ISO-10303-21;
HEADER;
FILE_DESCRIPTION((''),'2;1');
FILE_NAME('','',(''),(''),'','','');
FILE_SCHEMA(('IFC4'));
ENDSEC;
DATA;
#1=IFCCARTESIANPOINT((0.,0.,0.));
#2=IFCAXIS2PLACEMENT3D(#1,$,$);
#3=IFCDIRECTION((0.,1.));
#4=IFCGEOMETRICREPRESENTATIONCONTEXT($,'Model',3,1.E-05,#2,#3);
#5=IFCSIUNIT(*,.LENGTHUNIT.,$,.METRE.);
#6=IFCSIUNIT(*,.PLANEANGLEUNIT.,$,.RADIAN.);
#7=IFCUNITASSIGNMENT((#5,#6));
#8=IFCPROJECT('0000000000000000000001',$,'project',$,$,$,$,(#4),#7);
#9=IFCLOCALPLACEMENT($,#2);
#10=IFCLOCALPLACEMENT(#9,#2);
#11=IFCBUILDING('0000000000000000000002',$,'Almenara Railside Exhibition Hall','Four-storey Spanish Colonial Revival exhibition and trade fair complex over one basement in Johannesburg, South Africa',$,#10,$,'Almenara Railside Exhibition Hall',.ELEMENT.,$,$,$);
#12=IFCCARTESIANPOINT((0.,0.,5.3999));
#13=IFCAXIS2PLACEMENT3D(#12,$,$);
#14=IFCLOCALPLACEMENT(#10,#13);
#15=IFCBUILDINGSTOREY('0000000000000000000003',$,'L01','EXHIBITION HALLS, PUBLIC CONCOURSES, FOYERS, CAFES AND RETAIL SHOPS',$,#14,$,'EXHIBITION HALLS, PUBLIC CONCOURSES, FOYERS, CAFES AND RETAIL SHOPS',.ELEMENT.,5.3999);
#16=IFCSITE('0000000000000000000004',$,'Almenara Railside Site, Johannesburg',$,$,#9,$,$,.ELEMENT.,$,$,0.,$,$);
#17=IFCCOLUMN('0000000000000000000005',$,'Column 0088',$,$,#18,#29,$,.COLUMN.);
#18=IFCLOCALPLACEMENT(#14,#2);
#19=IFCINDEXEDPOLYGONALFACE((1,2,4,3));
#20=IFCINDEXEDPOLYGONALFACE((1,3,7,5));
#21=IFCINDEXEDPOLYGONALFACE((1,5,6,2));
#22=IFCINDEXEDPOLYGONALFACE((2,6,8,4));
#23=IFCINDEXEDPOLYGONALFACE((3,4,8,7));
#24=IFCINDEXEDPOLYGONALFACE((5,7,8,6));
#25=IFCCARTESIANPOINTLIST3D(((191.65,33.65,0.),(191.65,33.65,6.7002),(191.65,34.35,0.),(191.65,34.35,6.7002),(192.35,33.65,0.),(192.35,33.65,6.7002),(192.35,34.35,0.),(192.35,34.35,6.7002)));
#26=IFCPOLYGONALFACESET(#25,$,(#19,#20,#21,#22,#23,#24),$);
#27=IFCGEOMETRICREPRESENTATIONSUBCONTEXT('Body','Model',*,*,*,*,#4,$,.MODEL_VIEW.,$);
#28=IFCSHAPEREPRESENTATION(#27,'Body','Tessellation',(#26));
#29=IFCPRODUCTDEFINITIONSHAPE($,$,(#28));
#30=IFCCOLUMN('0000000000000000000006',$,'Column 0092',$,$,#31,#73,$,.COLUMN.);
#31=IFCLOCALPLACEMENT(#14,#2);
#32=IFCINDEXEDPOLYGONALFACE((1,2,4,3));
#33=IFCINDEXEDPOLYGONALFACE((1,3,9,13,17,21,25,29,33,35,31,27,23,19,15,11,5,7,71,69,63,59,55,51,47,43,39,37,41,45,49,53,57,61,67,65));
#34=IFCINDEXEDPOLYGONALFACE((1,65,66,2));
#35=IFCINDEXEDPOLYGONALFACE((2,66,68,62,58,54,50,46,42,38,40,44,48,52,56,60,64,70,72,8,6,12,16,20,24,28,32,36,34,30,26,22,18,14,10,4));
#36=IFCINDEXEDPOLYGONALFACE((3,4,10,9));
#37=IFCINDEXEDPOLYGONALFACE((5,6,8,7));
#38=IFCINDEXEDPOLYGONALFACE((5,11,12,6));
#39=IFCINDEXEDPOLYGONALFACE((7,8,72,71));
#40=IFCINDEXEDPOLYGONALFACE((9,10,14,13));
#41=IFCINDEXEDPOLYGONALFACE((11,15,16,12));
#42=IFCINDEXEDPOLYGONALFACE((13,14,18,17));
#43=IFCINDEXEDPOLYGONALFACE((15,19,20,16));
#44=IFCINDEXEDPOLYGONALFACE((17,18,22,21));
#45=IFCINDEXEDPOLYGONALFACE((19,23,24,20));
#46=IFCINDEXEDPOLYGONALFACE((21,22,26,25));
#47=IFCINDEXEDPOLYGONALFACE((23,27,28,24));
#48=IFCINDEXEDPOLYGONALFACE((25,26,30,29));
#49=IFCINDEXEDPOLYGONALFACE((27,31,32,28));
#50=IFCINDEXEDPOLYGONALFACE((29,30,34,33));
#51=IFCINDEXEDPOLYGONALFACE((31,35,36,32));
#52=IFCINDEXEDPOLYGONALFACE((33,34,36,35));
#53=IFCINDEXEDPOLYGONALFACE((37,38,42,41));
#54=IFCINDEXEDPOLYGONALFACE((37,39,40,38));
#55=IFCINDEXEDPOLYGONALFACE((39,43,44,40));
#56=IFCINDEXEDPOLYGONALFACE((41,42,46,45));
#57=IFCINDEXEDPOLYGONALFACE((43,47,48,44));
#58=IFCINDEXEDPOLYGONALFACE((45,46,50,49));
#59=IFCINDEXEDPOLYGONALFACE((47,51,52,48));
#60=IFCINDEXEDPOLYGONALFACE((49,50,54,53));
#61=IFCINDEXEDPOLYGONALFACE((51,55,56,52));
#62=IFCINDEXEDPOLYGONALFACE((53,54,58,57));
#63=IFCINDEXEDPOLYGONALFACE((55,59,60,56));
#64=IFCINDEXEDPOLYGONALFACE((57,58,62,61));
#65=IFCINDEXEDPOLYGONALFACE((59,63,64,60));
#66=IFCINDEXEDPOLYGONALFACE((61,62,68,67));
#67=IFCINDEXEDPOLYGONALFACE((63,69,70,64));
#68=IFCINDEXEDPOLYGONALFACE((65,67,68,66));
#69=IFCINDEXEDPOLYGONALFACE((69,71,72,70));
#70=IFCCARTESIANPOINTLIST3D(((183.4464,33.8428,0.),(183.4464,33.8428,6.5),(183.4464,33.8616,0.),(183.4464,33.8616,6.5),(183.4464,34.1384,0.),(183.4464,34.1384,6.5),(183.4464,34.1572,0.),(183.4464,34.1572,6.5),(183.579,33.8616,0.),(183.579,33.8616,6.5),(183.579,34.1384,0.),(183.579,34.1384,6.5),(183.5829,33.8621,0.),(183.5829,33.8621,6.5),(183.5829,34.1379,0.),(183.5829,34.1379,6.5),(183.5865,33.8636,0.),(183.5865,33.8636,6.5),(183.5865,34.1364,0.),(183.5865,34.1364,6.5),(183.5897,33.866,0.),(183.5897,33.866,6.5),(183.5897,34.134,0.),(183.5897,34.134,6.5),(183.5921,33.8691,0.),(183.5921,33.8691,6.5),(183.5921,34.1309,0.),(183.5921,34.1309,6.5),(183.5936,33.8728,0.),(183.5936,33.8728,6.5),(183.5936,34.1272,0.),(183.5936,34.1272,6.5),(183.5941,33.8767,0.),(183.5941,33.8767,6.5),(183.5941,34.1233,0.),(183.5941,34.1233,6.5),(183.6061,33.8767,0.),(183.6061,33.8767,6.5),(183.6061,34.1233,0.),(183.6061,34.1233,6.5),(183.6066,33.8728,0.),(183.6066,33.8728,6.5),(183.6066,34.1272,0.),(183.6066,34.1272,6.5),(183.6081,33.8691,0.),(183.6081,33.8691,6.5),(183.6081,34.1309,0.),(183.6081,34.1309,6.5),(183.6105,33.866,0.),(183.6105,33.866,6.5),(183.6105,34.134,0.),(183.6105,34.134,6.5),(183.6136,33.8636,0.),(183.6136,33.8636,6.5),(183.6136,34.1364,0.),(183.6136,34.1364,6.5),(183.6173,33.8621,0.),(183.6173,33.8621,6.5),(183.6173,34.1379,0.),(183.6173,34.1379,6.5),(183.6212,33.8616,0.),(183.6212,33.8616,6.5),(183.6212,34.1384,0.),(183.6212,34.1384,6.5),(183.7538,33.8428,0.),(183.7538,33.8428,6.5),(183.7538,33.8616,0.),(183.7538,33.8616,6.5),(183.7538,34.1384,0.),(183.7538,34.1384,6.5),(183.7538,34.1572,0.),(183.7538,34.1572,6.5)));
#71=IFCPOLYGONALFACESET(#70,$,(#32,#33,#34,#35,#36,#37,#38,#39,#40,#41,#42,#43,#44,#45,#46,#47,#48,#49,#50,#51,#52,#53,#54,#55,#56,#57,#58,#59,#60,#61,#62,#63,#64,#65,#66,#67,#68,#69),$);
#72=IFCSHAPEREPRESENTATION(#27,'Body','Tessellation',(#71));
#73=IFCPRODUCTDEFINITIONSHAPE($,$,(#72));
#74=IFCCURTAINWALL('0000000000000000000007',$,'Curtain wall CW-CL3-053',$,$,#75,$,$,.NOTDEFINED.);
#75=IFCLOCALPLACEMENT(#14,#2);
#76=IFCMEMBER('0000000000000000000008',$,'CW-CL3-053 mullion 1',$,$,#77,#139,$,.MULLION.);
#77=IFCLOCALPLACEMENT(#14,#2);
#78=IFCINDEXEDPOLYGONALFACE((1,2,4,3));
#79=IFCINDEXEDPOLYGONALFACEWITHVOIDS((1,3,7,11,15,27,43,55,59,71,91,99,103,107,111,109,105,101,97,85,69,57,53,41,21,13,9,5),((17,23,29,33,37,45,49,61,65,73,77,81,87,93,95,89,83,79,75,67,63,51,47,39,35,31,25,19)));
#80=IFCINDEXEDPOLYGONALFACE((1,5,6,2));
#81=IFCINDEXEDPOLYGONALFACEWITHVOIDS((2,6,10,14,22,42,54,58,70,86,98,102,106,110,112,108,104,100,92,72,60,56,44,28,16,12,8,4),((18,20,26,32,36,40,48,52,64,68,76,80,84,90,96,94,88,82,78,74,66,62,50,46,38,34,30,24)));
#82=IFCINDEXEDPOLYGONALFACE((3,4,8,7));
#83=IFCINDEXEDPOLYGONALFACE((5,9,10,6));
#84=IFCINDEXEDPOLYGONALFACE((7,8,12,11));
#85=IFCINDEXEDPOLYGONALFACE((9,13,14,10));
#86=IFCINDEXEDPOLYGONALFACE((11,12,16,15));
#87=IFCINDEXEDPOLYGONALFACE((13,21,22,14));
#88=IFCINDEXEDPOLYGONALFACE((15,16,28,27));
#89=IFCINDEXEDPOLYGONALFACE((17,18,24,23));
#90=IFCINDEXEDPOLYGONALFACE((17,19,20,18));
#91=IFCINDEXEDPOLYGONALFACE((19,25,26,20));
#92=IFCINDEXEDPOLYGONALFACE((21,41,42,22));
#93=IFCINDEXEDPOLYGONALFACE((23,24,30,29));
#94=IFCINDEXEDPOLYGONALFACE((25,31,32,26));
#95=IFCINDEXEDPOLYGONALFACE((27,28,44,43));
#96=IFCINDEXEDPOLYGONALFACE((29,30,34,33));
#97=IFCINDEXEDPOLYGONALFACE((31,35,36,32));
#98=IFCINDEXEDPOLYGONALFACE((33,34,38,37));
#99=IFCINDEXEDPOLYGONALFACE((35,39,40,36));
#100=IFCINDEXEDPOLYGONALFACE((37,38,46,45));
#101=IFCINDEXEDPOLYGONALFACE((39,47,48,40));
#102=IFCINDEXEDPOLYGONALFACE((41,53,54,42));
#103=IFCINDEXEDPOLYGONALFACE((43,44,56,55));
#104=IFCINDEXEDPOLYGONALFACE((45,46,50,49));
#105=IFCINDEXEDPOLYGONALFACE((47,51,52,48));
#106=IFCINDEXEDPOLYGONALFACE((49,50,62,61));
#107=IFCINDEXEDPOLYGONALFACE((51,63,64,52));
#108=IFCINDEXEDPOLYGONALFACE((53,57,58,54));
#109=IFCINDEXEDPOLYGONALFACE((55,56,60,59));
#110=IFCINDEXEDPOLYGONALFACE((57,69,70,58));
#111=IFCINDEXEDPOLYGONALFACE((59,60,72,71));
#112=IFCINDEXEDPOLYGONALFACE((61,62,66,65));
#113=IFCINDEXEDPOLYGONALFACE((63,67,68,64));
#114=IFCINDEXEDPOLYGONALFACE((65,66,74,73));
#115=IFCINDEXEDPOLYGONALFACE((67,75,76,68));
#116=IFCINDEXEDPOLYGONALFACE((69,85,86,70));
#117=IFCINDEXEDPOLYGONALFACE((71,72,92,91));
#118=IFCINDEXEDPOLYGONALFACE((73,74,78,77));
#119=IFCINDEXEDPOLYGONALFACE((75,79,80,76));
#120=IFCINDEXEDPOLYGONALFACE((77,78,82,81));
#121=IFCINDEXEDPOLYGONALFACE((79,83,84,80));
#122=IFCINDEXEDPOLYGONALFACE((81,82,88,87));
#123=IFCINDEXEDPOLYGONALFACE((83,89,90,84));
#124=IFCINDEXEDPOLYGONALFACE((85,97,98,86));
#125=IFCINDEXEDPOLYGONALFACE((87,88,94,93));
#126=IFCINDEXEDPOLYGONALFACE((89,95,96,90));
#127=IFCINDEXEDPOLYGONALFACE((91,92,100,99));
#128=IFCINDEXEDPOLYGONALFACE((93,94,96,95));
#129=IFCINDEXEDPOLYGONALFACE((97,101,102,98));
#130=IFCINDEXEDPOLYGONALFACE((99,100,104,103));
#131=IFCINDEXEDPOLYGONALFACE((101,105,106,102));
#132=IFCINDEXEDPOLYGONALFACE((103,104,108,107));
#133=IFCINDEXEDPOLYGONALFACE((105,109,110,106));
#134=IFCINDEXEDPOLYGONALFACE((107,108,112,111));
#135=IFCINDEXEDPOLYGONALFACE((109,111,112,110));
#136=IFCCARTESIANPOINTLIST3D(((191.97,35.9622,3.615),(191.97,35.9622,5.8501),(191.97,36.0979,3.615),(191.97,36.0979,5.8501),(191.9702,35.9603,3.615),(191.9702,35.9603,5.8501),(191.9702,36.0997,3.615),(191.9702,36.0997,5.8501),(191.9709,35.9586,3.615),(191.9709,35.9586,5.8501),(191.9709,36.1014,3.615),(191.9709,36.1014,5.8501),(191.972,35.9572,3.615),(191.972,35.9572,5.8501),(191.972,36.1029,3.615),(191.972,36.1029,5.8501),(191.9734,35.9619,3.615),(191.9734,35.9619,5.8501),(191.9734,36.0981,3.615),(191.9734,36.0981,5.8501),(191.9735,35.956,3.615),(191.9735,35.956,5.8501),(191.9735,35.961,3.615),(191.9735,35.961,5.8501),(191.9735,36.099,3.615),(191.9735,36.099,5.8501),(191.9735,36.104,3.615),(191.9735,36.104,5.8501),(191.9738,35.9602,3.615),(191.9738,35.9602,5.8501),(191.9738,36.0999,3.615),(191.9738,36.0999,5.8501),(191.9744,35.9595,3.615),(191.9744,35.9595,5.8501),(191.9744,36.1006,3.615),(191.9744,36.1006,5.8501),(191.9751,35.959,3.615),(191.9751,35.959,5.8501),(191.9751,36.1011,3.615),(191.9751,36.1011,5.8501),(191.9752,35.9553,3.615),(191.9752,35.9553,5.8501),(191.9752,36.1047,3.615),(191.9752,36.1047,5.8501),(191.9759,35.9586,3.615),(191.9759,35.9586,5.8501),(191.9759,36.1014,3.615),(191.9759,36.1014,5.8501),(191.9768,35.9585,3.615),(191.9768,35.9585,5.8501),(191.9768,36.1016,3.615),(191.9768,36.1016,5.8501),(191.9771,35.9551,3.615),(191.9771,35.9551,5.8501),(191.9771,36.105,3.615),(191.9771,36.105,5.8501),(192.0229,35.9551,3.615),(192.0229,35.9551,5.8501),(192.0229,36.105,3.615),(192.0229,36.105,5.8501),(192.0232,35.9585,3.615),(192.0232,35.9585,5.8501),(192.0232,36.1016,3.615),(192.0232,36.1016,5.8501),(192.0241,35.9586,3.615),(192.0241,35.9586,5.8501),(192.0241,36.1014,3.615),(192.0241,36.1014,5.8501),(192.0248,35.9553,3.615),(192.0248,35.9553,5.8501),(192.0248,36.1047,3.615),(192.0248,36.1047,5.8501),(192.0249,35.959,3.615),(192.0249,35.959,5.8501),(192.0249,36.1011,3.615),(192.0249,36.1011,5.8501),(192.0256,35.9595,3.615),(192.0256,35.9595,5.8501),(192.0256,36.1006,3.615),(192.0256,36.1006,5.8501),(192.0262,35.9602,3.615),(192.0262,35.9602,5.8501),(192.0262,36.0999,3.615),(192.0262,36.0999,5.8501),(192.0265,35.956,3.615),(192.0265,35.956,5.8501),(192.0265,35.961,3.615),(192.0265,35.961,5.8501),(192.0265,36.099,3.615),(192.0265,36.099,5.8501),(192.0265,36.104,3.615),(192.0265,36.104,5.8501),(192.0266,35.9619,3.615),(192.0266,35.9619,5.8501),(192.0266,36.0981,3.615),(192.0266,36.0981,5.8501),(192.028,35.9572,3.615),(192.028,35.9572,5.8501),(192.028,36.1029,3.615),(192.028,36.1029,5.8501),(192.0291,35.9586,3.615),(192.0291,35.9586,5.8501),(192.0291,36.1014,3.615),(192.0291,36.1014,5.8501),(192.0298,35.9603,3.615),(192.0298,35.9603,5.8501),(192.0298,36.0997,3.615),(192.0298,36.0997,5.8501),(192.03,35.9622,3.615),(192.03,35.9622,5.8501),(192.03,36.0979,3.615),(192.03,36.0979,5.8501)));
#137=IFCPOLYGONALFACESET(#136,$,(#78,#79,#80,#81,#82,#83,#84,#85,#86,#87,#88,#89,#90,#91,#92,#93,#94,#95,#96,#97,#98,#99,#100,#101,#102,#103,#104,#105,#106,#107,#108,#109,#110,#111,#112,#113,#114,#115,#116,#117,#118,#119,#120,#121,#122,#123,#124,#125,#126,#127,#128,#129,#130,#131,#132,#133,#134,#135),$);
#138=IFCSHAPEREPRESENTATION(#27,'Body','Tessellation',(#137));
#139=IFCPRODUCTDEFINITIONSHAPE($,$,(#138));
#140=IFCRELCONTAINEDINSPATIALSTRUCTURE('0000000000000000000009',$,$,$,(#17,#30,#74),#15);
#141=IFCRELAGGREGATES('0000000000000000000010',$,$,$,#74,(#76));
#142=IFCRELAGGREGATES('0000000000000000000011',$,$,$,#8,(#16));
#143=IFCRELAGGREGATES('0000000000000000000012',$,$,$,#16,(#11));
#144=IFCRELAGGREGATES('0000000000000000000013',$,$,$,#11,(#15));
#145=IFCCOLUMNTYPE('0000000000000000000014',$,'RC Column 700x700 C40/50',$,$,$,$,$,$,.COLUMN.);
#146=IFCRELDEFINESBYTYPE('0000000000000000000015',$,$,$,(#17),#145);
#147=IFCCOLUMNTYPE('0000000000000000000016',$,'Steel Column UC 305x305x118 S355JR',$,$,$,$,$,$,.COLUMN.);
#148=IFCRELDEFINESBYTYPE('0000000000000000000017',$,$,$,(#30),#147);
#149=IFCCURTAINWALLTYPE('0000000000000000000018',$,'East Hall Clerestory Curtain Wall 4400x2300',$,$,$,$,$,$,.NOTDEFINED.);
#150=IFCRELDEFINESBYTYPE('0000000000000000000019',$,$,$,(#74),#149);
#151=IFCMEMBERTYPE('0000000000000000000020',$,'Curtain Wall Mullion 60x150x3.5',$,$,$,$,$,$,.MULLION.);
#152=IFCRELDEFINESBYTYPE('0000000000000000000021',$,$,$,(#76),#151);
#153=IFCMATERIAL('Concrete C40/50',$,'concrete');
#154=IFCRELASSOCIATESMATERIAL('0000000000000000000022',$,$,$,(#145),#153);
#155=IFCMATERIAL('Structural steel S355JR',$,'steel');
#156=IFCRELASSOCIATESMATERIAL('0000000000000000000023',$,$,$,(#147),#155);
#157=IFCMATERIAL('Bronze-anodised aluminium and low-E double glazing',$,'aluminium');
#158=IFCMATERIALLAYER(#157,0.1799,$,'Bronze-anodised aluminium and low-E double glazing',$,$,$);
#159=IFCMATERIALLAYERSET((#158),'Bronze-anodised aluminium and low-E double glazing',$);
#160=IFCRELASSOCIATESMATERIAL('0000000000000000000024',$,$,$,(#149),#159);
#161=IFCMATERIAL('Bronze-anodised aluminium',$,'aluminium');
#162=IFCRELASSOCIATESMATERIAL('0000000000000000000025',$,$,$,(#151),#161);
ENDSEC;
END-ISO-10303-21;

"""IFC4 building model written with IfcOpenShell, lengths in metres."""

from ifc_helpers import new_model, si_unit, direction, frame, origin, origin_2d, place, context, subcontext, project, spatial, rectangle, hollow_rectangle, i_section, extrude, material, layer, layer_set, material_profile, profile_set, type_object, element, aggregate, save


model = new_model("IFC4")

# Units and contexts
model_context = context("Model", 3, precision=1e-05, world=origin(), true_north=direction((0.0, 1.0)))
body_context = subcontext(model_context, "Body", "Model", "MODEL_VIEW")
ifc_project = project(units=[si_unit("LENGTHUNIT", "METRE"), si_unit("PLANEANGLEUNIT", "RADIAN")], contexts=[model_context])

# Site, building, storey
site_placement = place(None, origin())
site = spatial("IfcSite", under=ifc_project, at=site_placement, Name="Almenara Railside Site, Johannesburg", CompositionType="ELEMENT", RefElevation=0.0)
building_placement = place(site_placement, origin())
building = spatial("IfcBuilding", under=site, at=building_placement, Name="Almenara Railside Exhibition Hall", Description="Four-storey Spanish Colonial Revival exhibition and trade fair complex over one basement in Johannesburg, South Africa", LongName="Almenara Railside Exhibition Hall", CompositionType="ELEMENT")
storey_placement = place(building_placement, frame((0.0, 0.0, 5.3999)))
storey = spatial("IfcBuildingStorey", under=building, at=storey_placement, Name="L01", Description="EXHIBITION HALLS, PUBLIC CONCOURSES, FOYERS, CAFES AND RETAIL SHOPS", LongName="EXHIBITION HALLS, PUBLIC CONCOURSES, FOYERS, CAFES AND RETAIL SHOPS", CompositionType="ELEMENT", Elevation=5.3999)

# Columns
ifc_material_1 = material(Name="Concrete C40/50", Category="concrete")
ifc_material_profile_1 = material_profile(ifc_material_1, rectangle(XDim=0.7, YDim=0.7, at=origin_2d()), Name="RC 700x700")
ifc_profile_set_1 = profile_set([ifc_material_profile_1], Name="Concrete C40/50")
column_type_1 = type_object("IfcColumnType", Name="RC Column 700x700 C40/50", PredefinedType="COLUMN", material=ifc_profile_set_1)
column_1_placement = place(storey_placement, frame((192.0, 34.0, 0.0), z_axis=(0.0, 0.0, 1.0), x_axis=(1.0, 0.0, 0.0)))
element("IfcColumn", 1, at=column_1_placement, inside=storey, type_object=column_type_1, Name="Column 0088", PredefinedType="COLUMN", context=body_context, shape_type="SweptSolid", body=[
    extrude(rectangle(XDim=0.7, YDim=0.7, at=origin_2d()), origin(), (0.0, 0.0, 1.0), 6.7002),
])
ifc_material_2 = material(Name="Structural steel S355JR", Category="steel")
ifc_material_profile_2 = material_profile(ifc_material_2, i_section(OverallWidth=0.3074, OverallDepth=0.3145, WebThickness=0.012, FlangeThickness=0.0188, FilletRadius=0.0151, at=origin_2d()), Name="UC 305x305x118")
ifc_profile_set_2 = profile_set([ifc_material_profile_2], Name="Structural steel S355JR")
column_type_2 = type_object("IfcColumnType", Name="Steel Column UC 305x305x118 S355JR", PredefinedType="COLUMN", material=ifc_profile_set_2)
column_2_placement = place(storey_placement, frame((183.6001, 34.0, 0.0), z_axis=(0.0, 0.0, 1.0), x_axis=(1.0, 0.0, 0.0)))
element("IfcColumn", 2, at=column_2_placement, inside=storey, type_object=column_type_2, Name="Column 0092", PredefinedType="COLUMN", context=body_context, shape_type="SweptSolid", body=[
    extrude(i_section(OverallWidth=0.3074, OverallDepth=0.3145, WebThickness=0.012, FlangeThickness=0.0188, FilletRadius=0.0151, at=origin_2d()), origin(), (0.0, 0.0, 1.0), 6.5),
])

# Curtain wall, member
ifc_material_3 = material(Name="Bronze-anodised aluminium and low-E double glazing", Category="aluminium")
ifc_layer_1 = layer(ifc_material_3, 0.1799, Name="Bronze-anodised aluminium and low-E double glazing")
ifc_layer_set_1 = layer_set([ifc_layer_1], Name="Bronze-anodised aluminium and low-E double glazing")
curtain_wall_type_1 = type_object("IfcCurtainWallType", Name="East Hall Clerestory Curtain Wall 4400x2300", PredefinedType="NOTDEFINED", material=ifc_layer_set_1)
curtain_wall_1_placement = place(storey_placement, origin())
curtain_wall_1 = element("IfcCurtainWall", 3, at=curtain_wall_1_placement, inside=storey, type_object=curtain_wall_type_1, Name="Curtain wall CW-CL3-053", PredefinedType="NOTDEFINED")
ifc_material_4 = material(Name="Bronze-anodised aluminium", Category="aluminium")
ifc_material_profile_3 = material_profile(ifc_material_4, hollow_rectangle(XDim=0.0601, YDim=0.1499, WallThickness=0.0034, InnerFilletRadius=0.0034, OuterFilletRadius=0.0071, at=origin_2d()), Name="ALU-MUL 60x150x3.5")
ifc_profile_set_3 = profile_set([ifc_material_profile_3], Name="Bronze-anodised aluminium")
member_type_1 = type_object("IfcMemberType", Name="Curtain Wall Mullion 60x150x3.5", PredefinedType="MULLION", material=ifc_profile_set_3)
member_1_placement = place(storey_placement, frame((192.0, 36.03, 3.615), z_axis=(0.0, 0.0, 1.0), x_axis=(-1.0, 0.0, 0.0)))
member_1 = element("IfcMember", 4, at=member_1_placement, type_object=member_type_1, Name="CW-CL3-053 mullion 1", PredefinedType="MULLION", context=body_context, shape_type="SweptSolid", body=[
    extrude(hollow_rectangle(XDim=0.0601, YDim=0.1499, WallThickness=0.0034, InnerFilletRadius=0.0034, OuterFilletRadius=0.0071, at=origin_2d()), origin(), (0.0, 0.0, 1.0), 2.2351),
])

aggregate(curtain_wall_1, [member_1])

save(model, "model.ifc")
